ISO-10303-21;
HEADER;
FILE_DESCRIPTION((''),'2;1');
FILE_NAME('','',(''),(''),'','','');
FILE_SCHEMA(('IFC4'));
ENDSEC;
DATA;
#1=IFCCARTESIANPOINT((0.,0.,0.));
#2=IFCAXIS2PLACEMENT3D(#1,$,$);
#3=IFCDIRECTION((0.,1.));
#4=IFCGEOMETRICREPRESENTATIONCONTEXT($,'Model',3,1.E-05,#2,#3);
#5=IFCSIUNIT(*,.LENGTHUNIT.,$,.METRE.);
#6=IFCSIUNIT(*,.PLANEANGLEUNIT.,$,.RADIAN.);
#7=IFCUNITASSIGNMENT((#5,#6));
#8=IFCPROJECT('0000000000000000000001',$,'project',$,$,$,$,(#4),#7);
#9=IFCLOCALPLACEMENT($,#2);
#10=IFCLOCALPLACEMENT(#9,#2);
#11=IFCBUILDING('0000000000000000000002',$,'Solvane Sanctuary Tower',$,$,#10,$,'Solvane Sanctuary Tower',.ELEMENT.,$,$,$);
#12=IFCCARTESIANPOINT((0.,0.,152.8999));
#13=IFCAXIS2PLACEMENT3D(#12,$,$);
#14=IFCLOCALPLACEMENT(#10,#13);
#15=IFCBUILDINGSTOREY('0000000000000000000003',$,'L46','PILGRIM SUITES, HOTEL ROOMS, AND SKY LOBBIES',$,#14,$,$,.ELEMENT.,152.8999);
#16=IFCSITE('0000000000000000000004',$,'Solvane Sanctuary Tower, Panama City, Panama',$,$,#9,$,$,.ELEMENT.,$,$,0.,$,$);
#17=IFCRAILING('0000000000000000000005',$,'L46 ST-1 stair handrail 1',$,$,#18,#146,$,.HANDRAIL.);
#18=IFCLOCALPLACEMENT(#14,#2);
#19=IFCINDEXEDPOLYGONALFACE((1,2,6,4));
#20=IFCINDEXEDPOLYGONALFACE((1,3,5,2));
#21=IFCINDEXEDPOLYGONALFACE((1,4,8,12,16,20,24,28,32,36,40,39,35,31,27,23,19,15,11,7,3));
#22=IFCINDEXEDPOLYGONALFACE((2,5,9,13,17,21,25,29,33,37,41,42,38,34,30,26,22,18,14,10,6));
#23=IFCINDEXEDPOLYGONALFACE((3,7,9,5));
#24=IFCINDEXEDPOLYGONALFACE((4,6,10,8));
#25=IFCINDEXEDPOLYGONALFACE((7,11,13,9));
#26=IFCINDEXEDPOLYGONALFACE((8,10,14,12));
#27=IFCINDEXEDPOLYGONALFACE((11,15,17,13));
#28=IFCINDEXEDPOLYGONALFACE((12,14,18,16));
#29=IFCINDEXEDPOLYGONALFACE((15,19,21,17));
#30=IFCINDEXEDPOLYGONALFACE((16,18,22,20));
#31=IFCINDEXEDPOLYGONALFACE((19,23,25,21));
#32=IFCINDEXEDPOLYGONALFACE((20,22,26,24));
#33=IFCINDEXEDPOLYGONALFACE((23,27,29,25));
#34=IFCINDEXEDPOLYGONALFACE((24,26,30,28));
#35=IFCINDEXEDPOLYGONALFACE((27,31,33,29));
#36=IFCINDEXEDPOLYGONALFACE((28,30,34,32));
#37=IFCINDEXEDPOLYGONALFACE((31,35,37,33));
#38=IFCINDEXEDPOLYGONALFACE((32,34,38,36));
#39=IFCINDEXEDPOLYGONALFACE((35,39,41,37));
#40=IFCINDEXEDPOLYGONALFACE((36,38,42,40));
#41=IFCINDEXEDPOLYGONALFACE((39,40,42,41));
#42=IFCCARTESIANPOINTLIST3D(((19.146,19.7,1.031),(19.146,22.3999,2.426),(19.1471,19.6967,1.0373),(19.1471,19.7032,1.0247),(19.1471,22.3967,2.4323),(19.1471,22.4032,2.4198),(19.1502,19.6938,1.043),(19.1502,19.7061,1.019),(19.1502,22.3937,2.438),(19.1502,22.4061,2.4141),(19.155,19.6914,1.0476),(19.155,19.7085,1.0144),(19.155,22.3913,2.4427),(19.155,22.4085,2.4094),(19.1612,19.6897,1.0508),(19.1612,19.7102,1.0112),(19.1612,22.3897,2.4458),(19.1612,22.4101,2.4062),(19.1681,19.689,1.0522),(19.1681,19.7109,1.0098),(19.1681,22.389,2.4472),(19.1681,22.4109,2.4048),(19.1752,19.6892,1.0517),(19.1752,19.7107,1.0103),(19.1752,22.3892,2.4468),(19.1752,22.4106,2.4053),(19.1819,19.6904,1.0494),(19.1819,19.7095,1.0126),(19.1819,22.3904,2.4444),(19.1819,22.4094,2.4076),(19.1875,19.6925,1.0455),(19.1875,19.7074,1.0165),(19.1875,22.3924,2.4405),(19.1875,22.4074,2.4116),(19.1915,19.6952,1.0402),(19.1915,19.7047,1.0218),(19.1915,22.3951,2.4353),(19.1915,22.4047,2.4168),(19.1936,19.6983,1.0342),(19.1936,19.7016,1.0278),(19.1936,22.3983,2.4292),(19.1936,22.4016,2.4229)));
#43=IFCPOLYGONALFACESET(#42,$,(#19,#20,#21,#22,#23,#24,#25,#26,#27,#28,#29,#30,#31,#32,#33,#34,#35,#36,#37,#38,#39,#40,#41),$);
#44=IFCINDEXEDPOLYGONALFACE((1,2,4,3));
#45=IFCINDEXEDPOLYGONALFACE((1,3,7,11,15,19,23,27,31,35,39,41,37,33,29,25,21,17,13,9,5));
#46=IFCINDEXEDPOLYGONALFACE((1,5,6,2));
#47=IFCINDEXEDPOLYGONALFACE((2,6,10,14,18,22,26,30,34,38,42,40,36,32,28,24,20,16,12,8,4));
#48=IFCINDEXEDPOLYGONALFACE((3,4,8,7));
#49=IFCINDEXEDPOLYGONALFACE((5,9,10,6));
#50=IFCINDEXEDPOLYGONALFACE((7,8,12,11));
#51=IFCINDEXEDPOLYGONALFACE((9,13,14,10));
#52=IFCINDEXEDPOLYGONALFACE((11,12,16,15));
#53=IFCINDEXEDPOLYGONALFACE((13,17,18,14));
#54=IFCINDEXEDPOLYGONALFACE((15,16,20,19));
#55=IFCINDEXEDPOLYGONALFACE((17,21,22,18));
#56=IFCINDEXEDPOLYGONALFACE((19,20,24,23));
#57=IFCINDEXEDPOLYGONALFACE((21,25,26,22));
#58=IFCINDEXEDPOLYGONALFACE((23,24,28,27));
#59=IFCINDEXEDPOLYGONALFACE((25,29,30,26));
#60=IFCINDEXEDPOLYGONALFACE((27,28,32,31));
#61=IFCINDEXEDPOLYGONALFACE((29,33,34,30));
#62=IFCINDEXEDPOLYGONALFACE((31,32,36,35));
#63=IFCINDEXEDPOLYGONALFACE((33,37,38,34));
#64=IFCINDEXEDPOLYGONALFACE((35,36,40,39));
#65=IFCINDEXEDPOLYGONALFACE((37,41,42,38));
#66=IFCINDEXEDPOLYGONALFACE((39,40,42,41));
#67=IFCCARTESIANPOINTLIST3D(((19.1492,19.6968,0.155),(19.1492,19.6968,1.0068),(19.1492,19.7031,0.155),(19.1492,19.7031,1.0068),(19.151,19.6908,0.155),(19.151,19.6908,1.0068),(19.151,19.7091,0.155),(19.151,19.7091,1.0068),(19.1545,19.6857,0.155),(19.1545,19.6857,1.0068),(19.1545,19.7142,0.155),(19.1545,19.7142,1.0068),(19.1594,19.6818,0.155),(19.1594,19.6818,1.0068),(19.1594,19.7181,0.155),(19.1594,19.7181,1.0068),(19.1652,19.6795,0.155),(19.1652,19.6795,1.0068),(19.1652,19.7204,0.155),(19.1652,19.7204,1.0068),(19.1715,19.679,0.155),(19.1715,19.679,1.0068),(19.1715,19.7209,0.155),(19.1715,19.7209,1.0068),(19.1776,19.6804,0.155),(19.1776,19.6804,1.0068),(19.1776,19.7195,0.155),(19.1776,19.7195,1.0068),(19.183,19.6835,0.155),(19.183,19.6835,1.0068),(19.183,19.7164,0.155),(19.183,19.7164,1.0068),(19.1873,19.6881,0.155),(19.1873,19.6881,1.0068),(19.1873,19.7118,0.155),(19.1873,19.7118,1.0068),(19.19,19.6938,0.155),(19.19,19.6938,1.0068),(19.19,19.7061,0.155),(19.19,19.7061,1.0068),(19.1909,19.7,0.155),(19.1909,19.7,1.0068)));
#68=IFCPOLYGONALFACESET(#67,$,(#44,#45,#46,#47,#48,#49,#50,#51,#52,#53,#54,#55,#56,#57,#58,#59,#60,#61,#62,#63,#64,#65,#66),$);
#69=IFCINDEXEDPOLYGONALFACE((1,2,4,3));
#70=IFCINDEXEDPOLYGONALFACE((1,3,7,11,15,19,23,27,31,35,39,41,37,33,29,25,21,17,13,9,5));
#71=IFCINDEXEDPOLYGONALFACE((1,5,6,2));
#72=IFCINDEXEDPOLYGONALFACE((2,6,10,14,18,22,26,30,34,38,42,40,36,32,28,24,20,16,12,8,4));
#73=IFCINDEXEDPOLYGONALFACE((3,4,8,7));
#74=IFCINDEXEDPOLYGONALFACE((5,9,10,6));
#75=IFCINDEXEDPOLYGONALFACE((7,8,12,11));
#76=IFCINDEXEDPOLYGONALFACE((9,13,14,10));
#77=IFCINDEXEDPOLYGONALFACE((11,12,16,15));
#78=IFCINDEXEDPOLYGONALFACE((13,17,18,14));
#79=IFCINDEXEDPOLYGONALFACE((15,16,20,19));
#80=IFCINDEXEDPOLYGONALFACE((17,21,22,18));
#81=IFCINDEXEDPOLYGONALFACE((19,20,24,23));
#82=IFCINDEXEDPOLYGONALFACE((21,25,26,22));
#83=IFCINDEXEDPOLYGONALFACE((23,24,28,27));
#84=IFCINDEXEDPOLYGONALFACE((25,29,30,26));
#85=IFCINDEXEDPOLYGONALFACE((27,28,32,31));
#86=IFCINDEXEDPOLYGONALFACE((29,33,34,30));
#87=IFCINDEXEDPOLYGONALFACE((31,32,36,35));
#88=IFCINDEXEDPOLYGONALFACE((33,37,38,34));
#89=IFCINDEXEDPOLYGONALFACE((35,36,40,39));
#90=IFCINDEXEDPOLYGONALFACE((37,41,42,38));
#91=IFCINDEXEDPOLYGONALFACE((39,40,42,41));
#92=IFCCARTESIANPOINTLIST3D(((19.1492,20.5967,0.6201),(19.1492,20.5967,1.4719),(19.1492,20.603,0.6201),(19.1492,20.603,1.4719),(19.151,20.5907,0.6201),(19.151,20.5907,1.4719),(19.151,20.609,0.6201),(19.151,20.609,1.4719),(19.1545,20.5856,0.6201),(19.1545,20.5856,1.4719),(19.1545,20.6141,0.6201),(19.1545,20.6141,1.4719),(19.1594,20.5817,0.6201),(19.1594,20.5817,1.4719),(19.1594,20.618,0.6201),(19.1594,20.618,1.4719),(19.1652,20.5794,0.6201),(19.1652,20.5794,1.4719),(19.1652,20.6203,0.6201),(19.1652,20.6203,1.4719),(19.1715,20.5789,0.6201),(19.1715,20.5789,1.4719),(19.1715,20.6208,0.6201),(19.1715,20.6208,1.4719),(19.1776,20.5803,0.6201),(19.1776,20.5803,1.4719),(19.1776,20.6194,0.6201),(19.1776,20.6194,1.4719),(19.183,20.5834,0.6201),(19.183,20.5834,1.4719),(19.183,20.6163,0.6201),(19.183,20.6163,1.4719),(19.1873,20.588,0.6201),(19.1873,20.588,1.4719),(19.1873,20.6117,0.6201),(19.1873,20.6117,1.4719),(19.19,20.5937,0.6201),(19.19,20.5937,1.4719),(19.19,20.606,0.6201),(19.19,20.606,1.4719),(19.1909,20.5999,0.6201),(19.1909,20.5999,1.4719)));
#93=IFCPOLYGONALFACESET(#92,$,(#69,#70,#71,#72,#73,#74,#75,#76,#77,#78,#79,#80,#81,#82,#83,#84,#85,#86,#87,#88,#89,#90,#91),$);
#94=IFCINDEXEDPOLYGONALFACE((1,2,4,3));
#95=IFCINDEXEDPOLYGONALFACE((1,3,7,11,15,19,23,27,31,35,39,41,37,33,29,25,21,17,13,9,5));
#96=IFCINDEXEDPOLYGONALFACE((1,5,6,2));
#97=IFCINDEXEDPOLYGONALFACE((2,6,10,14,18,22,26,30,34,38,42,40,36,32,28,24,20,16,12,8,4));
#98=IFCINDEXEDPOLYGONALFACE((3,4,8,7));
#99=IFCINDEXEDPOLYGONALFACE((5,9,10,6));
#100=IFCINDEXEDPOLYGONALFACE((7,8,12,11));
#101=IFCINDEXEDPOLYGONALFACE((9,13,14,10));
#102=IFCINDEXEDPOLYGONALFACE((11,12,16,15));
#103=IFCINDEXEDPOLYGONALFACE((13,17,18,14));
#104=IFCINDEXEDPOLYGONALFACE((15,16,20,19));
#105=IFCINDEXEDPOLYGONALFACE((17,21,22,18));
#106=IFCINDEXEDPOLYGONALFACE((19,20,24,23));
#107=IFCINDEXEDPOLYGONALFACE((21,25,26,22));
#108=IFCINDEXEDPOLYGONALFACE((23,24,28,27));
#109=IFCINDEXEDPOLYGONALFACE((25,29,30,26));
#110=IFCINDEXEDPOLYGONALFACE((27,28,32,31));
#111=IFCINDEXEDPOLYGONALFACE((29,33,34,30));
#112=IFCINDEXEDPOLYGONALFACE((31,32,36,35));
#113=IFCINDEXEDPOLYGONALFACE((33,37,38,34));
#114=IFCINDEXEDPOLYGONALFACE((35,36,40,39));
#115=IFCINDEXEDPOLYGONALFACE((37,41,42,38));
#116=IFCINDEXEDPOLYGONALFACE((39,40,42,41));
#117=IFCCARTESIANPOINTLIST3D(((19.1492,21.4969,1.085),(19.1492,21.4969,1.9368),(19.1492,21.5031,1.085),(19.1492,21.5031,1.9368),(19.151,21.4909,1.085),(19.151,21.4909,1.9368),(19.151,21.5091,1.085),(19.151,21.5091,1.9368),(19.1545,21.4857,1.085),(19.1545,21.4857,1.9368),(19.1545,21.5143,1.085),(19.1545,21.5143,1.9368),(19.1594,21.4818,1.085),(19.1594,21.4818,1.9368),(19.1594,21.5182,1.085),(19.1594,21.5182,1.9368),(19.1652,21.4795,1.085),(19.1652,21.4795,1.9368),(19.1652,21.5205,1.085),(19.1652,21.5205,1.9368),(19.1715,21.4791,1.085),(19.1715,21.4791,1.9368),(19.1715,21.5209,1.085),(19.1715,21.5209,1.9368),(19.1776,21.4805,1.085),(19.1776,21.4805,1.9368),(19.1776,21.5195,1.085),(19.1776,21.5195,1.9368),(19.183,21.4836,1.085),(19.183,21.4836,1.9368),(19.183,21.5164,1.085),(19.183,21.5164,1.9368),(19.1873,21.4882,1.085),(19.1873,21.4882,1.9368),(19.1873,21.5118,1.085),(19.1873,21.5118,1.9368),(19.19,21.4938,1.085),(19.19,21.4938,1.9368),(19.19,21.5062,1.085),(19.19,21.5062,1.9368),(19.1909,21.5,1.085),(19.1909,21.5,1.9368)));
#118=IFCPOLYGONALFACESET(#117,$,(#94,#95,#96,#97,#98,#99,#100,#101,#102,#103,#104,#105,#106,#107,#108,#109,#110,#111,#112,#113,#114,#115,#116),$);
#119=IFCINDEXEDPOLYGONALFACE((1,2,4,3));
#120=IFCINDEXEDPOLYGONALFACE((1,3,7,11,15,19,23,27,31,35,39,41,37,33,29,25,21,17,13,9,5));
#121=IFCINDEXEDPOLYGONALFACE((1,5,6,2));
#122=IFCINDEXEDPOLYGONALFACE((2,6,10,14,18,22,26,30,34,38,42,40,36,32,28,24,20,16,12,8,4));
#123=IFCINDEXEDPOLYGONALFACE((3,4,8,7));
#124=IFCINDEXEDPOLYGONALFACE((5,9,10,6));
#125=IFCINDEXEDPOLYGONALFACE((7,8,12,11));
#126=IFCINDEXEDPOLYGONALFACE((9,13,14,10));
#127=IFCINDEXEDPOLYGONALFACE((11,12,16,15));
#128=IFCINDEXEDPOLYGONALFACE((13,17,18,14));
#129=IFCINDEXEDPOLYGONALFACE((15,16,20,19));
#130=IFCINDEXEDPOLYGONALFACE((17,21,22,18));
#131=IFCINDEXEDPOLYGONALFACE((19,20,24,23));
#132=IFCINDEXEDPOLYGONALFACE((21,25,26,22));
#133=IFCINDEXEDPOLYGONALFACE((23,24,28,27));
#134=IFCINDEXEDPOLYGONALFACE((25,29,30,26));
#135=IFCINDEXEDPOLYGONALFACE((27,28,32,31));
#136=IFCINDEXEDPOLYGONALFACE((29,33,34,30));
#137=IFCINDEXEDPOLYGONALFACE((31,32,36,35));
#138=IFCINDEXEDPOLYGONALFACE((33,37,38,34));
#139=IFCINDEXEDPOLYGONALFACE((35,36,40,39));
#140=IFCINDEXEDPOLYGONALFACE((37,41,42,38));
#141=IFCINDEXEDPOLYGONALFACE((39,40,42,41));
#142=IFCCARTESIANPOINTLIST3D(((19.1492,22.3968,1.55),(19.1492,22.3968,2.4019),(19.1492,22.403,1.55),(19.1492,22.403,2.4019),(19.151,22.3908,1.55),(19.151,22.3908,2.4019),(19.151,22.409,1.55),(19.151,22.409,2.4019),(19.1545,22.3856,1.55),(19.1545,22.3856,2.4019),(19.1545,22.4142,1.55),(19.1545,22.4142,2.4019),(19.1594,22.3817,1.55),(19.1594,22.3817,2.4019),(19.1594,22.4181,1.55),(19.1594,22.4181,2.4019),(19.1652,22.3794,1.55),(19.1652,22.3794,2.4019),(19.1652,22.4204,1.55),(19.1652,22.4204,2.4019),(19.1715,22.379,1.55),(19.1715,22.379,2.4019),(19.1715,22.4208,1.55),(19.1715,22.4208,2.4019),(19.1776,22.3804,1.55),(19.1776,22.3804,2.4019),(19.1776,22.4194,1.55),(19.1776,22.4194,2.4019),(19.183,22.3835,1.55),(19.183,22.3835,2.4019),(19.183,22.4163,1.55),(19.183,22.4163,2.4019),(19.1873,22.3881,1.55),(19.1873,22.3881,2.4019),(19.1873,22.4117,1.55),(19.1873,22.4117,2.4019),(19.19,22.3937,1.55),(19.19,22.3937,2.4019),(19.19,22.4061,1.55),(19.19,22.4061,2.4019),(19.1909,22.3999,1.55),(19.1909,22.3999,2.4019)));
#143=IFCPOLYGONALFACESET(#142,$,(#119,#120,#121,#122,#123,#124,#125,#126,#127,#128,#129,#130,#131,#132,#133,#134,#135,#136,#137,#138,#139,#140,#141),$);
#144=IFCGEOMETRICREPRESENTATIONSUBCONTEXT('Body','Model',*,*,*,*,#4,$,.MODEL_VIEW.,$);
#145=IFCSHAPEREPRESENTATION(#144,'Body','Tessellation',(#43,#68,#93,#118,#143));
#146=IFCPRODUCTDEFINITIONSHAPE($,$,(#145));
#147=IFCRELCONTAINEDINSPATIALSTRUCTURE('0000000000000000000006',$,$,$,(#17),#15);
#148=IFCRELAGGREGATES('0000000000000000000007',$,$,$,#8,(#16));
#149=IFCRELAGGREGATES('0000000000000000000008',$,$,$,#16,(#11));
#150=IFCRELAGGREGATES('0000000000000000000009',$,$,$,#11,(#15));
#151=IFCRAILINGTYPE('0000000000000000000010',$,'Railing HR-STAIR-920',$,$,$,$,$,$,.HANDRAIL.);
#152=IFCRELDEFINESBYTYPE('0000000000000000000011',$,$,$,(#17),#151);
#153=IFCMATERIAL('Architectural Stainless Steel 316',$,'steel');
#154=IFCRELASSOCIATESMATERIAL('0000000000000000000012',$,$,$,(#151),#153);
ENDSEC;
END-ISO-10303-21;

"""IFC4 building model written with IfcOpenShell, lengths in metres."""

from ifc_helpers import new_model, si_unit, direction, frame, origin, origin_2d, place, context, subcontext, project, spatial, circle, extrude, material, type_object, element, save


model = new_model("IFC4")

# Units and contexts
model_context = context("Model", 3, precision=1e-05, world=origin(), true_north=direction((0.0, 1.0)))
body_context = subcontext(model_context, "Body", "Model", "MODEL_VIEW")
ifc_project = project(units=[si_unit("LENGTHUNIT", "METRE"), si_unit("PLANEANGLEUNIT", "RADIAN")], contexts=[model_context])

# Site, building, storey
site_placement = place(None, origin())
site = spatial("IfcSite", under=ifc_project, at=site_placement, Name="Solvane Sanctuary Tower, Panama City, Panama", CompositionType="ELEMENT", RefElevation=0.0)
building_placement = place(site_placement, origin())
building = spatial("IfcBuilding", under=site, at=building_placement, Name="Solvane Sanctuary Tower", LongName="Solvane Sanctuary Tower", CompositionType="ELEMENT")
storey_placement = place(building_placement, frame((0.0, 0.0, 152.8999)))
storey = spatial("IfcBuildingStorey", under=building, at=storey_placement, Name="L46", Description="PILGRIM SUITES, HOTEL ROOMS, AND SKY LOBBIES", CompositionType="ELEMENT", Elevation=152.8999)

# Shared definitions
ifc_material_1 = material(Name="Architectural Stainless Steel 316", Category="steel")

# Railing
railing_type = type_object("IfcRailingType", Name="Railing HR-STAIR-920", PredefinedType="HANDRAIL", material=ifc_material_1)
railing_placement = place(storey_placement, frame((19.1699, 19.7, 0.155)))
element("IfcRailing", 1, at=railing_placement, inside=storey, type_object=railing_type, Name="L46 ST-1 stair handrail 1", PredefinedType="HANDRAIL", context=body_context, shape_type="SweptSolid", body=[
    extrude(circle(Radius=0.0239, at=origin_2d()), frame((0.0, 0.0, 0.876), z_axis=(0.0, 0.88842, 0.459032), x_axis=(-1.0, 0.0, 0.0)), (0.0, 0.0, 1.0), 3.0391),
    extrude(circle(Radius=0.021, at=origin_2d()), origin(), (0.0, 0.0, 1.0), 0.8518),
    extrude(circle(Radius=0.021, at=origin_2d()), frame((0.0, 0.8999, 0.4651)), (0.0, 0.0, 1.0), 0.8518),
    extrude(circle(Radius=0.021, at=origin_2d()), frame((0.0, 1.8, 0.9299)), (0.0, 0.0, 1.0), 0.8518),
    extrude(circle(Radius=0.021, at=origin_2d()), frame((0.0, 2.7, 1.395)), (0.0, 0.0, 1.0), 0.8518),
])

save(model, "model.ifc")
